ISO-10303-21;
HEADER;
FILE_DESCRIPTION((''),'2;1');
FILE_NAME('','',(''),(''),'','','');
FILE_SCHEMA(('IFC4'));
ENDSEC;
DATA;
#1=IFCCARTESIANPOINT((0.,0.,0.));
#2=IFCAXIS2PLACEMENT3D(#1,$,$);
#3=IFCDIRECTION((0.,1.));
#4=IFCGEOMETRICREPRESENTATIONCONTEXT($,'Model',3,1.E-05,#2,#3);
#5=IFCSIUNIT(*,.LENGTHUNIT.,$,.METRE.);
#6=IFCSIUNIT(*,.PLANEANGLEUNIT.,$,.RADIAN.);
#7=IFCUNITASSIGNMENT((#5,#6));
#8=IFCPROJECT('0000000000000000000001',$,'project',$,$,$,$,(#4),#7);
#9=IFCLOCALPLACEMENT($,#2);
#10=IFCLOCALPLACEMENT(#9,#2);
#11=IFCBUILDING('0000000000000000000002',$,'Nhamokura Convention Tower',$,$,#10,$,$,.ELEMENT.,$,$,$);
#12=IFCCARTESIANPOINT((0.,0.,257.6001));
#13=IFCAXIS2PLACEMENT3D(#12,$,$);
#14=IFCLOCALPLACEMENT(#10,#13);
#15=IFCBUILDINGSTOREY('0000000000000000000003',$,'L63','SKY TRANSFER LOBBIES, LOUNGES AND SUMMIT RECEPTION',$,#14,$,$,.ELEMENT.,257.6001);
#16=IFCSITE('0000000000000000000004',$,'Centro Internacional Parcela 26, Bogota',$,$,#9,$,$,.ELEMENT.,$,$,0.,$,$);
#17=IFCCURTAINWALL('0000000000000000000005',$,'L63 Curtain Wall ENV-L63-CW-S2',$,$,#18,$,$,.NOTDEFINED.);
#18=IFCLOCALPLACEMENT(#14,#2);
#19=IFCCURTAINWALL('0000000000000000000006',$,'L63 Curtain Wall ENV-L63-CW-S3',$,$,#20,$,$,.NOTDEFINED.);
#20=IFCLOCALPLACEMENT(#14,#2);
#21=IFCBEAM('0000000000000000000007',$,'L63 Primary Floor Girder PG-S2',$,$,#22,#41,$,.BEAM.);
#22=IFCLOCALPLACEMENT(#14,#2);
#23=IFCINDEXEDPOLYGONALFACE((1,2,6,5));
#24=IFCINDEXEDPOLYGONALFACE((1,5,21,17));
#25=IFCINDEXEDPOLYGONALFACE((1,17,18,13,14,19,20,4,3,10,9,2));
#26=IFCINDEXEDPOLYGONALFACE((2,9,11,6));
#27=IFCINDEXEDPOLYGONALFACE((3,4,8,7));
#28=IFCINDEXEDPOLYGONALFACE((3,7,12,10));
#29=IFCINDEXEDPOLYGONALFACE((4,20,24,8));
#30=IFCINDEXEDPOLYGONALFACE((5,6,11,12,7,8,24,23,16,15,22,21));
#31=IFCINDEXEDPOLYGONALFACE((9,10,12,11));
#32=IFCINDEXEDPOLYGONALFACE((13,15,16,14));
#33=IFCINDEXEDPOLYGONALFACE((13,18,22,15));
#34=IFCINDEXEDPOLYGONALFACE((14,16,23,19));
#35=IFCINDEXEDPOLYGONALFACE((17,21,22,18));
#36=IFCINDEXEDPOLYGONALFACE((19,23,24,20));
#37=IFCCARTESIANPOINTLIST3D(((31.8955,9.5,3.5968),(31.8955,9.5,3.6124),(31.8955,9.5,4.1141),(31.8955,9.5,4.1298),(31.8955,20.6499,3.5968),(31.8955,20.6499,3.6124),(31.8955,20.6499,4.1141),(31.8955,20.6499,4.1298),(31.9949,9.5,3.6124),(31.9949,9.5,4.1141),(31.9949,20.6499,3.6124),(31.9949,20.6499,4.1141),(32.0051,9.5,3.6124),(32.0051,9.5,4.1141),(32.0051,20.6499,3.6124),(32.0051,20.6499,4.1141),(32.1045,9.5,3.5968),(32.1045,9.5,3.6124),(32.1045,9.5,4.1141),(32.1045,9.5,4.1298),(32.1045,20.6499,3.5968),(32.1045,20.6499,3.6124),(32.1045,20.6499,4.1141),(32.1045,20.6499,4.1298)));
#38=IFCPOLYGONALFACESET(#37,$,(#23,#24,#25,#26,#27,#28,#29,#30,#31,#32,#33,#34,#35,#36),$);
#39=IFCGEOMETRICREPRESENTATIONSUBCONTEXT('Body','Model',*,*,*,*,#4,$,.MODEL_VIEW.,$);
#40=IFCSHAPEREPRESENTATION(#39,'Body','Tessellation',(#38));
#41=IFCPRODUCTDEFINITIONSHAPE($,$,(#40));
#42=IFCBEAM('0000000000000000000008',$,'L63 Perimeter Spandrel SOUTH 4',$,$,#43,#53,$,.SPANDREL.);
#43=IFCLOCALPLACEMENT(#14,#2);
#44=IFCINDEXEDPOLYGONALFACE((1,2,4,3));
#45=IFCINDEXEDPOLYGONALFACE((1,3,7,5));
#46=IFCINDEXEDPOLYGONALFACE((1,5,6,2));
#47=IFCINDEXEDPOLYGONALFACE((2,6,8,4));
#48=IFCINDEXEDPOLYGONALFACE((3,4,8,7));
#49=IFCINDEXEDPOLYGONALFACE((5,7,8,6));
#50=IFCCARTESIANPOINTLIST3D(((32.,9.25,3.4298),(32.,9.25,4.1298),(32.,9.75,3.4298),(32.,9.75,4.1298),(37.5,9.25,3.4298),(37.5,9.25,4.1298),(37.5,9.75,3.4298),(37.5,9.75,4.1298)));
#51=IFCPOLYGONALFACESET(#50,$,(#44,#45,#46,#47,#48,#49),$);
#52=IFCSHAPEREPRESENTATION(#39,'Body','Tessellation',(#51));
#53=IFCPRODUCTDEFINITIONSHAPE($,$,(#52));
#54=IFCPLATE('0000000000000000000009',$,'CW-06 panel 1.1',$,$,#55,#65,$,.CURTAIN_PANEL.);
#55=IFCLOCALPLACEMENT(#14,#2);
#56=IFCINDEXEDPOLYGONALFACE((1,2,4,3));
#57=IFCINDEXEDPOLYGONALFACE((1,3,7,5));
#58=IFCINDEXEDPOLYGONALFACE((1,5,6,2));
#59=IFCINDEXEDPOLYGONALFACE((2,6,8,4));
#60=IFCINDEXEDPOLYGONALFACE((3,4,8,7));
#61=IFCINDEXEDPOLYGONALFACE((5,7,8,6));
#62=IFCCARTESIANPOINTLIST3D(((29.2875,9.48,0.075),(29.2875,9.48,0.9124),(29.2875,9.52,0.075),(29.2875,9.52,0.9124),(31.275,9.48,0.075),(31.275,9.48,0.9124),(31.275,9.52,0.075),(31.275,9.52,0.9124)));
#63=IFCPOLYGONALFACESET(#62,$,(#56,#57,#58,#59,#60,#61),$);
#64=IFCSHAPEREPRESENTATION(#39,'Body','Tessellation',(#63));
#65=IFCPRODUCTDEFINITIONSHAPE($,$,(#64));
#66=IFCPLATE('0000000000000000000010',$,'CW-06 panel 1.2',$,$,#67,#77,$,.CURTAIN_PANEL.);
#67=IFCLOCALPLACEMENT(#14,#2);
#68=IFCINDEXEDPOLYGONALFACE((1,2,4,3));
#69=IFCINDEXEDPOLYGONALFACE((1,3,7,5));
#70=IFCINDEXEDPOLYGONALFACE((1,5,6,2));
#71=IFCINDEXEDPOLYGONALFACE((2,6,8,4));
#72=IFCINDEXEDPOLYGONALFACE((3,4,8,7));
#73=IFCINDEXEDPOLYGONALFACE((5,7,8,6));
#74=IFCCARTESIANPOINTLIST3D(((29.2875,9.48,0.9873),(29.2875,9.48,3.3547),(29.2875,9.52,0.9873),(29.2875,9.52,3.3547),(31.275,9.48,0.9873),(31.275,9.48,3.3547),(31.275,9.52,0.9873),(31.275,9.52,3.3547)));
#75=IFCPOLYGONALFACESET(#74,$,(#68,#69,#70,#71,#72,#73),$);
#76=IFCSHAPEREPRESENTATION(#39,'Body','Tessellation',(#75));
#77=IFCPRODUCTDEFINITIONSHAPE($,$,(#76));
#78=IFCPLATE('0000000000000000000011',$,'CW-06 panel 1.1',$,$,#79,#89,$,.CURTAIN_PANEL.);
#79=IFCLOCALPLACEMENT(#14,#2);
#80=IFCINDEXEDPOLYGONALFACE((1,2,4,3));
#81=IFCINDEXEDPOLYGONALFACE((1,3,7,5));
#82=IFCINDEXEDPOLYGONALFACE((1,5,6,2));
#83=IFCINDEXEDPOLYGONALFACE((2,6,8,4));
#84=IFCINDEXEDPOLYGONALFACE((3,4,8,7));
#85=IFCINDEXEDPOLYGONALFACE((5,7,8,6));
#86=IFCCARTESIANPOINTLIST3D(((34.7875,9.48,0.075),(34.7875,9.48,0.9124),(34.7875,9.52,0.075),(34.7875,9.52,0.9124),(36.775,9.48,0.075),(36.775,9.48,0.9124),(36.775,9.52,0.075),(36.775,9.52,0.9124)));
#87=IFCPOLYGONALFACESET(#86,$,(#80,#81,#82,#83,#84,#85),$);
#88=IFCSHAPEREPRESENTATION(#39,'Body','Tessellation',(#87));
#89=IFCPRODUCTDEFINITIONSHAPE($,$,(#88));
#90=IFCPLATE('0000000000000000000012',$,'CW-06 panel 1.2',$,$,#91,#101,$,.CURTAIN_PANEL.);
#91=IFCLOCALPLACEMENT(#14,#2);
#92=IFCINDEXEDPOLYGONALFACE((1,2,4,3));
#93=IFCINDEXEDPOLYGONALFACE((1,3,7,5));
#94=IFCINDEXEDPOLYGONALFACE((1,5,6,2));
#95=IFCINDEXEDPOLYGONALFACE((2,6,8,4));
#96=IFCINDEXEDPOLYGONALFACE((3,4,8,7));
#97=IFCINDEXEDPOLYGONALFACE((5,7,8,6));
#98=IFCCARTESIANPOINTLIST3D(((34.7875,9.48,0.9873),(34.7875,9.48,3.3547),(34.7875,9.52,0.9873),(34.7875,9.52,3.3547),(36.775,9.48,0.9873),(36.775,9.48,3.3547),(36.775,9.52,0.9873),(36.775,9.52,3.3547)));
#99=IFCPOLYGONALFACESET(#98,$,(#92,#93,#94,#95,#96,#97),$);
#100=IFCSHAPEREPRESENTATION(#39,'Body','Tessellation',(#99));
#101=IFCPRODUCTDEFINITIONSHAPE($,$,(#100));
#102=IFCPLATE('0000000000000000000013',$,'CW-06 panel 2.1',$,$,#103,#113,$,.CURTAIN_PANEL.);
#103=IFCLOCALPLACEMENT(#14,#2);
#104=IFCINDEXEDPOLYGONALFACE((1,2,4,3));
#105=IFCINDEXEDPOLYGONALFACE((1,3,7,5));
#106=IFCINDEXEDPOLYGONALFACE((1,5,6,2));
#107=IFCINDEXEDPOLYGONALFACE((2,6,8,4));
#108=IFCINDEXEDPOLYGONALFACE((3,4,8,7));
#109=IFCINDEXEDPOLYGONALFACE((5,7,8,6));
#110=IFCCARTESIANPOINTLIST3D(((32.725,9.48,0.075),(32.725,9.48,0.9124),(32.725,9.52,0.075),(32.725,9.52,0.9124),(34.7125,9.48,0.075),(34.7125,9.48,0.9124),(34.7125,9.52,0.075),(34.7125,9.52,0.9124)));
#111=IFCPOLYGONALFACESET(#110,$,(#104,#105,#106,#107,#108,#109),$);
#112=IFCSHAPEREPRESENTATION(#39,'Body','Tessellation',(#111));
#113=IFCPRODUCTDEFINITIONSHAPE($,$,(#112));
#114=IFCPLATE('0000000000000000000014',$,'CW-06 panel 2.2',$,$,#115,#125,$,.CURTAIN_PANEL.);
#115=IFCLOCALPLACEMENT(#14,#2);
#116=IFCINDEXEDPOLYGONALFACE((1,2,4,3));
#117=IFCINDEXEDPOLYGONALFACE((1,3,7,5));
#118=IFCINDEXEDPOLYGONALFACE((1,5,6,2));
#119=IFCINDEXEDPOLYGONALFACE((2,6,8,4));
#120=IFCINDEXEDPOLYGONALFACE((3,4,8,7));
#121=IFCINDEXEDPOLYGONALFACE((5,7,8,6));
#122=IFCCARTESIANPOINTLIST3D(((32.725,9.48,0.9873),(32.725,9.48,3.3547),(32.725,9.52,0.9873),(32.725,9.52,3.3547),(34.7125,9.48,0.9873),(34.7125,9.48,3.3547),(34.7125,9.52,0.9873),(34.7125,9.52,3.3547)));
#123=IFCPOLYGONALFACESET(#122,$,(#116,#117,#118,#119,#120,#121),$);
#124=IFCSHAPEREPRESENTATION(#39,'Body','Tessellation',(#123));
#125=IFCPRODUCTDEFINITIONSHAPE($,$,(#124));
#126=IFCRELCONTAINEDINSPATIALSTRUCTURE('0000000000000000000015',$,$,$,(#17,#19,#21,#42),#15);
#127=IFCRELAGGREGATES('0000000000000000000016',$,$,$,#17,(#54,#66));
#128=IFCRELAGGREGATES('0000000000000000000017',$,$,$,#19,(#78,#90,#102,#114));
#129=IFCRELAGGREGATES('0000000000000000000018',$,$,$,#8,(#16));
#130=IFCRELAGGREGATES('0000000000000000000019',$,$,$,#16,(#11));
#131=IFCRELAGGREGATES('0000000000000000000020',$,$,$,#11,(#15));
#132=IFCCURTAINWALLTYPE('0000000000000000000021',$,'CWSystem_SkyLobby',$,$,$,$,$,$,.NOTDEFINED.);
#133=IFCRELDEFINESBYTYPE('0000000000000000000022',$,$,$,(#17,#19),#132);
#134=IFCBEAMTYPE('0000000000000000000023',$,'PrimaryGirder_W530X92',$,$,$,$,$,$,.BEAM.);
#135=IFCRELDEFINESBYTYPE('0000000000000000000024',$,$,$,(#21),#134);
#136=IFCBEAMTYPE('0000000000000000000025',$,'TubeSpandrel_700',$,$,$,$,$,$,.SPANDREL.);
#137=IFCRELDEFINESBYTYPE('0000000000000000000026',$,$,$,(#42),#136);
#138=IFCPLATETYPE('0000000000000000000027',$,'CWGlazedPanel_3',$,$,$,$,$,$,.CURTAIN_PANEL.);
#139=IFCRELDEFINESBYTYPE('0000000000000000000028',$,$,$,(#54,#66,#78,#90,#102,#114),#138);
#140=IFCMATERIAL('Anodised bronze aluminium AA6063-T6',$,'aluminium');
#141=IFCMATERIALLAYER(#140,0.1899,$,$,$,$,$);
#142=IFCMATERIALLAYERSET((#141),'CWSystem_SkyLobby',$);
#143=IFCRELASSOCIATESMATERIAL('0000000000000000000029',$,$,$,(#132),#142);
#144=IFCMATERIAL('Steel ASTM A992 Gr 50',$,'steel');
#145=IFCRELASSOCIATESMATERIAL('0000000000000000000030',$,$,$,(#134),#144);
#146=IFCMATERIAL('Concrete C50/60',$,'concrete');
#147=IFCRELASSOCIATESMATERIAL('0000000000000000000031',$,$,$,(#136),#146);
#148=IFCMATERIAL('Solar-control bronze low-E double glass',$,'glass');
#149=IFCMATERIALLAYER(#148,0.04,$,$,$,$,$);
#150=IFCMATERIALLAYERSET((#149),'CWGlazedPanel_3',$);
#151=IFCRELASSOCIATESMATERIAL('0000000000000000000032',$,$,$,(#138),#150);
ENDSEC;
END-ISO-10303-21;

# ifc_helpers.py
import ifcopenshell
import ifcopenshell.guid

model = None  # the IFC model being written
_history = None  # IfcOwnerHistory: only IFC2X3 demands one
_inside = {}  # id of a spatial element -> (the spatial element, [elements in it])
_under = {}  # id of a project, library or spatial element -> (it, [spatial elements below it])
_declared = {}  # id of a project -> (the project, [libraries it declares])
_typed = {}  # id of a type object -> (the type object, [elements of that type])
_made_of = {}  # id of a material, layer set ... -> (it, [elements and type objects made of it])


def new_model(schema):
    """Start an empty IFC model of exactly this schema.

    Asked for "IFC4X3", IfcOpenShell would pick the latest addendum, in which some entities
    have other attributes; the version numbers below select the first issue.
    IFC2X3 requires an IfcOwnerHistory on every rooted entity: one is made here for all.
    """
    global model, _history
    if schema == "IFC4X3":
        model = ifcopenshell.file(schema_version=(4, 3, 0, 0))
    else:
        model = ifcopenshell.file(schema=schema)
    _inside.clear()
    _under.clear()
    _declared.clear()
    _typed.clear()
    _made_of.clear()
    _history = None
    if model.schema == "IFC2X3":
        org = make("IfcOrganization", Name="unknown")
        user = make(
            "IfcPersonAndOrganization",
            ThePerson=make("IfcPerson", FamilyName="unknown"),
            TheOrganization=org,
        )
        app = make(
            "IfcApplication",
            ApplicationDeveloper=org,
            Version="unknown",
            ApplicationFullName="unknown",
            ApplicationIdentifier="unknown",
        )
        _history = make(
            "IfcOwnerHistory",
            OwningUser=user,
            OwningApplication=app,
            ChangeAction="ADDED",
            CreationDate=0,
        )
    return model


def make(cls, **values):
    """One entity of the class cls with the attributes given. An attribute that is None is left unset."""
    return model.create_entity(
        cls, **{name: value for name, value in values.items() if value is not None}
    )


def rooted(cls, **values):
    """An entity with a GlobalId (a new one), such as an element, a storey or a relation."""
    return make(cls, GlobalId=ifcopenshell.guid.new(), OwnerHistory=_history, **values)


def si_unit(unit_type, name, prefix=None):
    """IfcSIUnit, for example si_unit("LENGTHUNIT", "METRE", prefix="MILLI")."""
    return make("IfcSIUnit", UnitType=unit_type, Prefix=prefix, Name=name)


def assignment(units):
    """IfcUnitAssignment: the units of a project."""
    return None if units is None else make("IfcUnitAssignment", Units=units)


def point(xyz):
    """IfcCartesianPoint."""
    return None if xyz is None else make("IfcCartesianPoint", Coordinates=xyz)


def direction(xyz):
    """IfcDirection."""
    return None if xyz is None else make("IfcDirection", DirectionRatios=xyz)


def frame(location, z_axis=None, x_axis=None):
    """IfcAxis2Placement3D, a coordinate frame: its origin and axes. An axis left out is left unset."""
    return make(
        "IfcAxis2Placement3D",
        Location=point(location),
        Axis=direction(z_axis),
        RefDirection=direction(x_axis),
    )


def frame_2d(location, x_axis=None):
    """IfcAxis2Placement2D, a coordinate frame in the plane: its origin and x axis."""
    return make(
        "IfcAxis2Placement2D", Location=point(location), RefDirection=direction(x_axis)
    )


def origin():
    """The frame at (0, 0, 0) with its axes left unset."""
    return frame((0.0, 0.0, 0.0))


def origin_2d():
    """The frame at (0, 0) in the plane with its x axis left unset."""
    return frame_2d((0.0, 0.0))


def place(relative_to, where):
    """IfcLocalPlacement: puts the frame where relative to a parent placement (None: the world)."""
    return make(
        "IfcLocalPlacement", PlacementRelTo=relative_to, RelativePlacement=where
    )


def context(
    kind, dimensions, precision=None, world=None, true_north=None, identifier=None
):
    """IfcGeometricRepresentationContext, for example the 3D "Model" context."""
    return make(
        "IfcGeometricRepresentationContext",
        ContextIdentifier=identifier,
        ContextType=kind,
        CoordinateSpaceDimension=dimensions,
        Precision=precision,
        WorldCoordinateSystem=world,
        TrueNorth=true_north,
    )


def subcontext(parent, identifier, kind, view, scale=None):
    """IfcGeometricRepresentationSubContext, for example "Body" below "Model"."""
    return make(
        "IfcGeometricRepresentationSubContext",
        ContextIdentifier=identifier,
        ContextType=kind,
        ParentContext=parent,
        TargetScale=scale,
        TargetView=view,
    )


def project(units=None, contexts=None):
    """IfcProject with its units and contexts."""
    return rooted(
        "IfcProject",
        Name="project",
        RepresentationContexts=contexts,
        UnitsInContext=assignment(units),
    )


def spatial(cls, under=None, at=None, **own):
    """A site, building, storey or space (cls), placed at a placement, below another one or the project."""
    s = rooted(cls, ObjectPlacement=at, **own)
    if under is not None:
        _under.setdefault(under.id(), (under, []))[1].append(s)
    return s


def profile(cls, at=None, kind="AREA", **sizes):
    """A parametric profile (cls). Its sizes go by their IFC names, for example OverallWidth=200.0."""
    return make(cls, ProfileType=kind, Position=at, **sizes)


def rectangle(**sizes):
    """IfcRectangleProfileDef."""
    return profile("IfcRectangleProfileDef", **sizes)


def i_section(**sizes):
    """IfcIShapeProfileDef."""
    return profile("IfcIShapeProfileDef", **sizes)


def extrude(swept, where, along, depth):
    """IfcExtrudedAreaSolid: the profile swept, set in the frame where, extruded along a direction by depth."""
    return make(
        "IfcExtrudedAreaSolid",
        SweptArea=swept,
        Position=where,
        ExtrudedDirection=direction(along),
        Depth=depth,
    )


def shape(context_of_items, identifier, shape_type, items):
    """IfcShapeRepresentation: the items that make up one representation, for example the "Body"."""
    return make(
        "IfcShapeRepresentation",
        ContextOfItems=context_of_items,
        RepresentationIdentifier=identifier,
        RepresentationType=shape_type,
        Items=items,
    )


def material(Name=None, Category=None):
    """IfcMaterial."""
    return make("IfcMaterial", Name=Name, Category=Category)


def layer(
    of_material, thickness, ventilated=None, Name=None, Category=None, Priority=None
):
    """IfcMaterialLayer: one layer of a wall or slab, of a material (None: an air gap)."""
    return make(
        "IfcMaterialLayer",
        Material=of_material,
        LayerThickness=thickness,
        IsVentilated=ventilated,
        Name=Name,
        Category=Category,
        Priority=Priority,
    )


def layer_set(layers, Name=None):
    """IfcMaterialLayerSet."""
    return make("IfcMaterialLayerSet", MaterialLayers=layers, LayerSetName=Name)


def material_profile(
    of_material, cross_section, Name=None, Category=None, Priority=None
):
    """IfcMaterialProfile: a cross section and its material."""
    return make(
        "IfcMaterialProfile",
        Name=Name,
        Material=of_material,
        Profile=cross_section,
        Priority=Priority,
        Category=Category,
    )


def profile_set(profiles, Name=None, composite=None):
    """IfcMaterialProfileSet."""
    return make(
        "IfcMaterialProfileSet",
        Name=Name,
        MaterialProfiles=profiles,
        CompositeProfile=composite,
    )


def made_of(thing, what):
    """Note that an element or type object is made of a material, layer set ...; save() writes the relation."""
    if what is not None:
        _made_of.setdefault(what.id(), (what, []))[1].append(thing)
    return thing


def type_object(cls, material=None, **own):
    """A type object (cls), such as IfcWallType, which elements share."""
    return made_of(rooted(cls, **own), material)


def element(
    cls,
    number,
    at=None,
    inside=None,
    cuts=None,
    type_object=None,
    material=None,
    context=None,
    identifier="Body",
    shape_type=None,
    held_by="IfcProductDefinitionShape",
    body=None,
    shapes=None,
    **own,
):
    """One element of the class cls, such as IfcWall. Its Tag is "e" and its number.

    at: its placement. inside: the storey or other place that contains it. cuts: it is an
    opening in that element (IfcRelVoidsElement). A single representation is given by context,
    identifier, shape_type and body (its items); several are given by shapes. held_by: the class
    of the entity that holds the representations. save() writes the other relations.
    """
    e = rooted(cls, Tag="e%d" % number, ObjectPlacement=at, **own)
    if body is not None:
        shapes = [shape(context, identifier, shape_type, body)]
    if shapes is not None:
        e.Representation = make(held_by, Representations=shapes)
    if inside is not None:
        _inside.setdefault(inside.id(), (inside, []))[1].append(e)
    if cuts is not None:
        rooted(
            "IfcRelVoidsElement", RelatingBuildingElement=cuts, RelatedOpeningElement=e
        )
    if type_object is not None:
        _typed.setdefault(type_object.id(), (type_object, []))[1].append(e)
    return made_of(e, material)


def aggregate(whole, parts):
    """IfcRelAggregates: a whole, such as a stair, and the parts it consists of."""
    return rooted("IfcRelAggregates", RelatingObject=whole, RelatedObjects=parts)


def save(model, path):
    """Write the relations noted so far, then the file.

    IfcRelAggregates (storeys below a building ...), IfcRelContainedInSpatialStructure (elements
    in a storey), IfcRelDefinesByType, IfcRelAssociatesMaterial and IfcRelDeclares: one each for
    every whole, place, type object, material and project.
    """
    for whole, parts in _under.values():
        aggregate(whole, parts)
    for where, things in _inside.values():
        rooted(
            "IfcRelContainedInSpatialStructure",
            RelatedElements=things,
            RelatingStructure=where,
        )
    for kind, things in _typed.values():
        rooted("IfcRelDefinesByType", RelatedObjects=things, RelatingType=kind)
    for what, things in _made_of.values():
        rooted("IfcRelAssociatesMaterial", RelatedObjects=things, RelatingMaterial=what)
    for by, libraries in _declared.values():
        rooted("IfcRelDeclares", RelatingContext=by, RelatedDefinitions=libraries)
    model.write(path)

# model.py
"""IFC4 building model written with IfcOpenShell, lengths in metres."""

from ifc_helpers import new_model, si_unit, direction, frame, origin, origin_2d, place, context, subcontext, project, spatial, rectangle, i_section, extrude, material, layer, layer_set, material_profile, profile_set, type_object, element, aggregate, save


model = new_model("IFC4")

# Units and contexts
model_context = context("Model", 3, precision=1e-05, world=origin(), true_north=direction((0.0, 1.0)))
body_context = subcontext(model_context, "Body", "Model", "MODEL_VIEW")
ifc_project = project(units=[si_unit("LENGTHUNIT", "METRE"), si_unit("PLANEANGLEUNIT", "RADIAN")], contexts=[model_context])

# Site, building, storey
site_placement = place(None, origin())
site = spatial("IfcSite", under=ifc_project, at=site_placement, Name="Centro Internacional Parcela 26, Bogota", CompositionType="ELEMENT", RefElevation=0.0)
building_placement = place(site_placement, origin())
building = spatial("IfcBuilding", under=site, at=building_placement, Name="Nhamokura Convention Tower", CompositionType="ELEMENT")
storey_placement = place(building_placement, frame((0.0, 0.0, 257.6001)))
storey = spatial("IfcBuildingStorey", under=building, at=storey_placement, Name="L63", Description="SKY TRANSFER LOBBIES, LOUNGES AND SUMMIT RECEPTION", CompositionType="ELEMENT", Elevation=257.6001)

# Curtain wall
ifc_material_1 = material(Name="Anodised bronze aluminium AA6063-T6", Category="aluminium")
ifc_layer_1 = layer(ifc_material_1, 0.1899)
ifc_layer_set_1 = layer_set([ifc_layer_1], Name="CWSystem_SkyLobby")
curtain_wall_type = type_object("IfcCurtainWallType", Name="CWSystem_SkyLobby", PredefinedType="NOTDEFINED", material=ifc_layer_set_1)
curtain_wall_1_placement = place(storey_placement, origin())
curtain_wall_1 = element("IfcCurtainWall", 1, at=curtain_wall_1_placement, inside=storey, type_object=curtain_wall_type, Name="L63 Curtain Wall ENV-L63-CW-S2", PredefinedType="NOTDEFINED")

# Curtain wall
curtain_wall_2_placement = place(storey_placement, origin())
curtain_wall_2 = element("IfcCurtainWall", 2, at=curtain_wall_2_placement, inside=storey, type_object=curtain_wall_type, Name="L63 Curtain Wall ENV-L63-CW-S3", PredefinedType="NOTDEFINED")

# Beams
ifc_material_2 = material(Name="Steel ASTM A992 Gr 50", Category="steel")
ifc_material_profile_1 = material_profile(ifc_material_2, i_section(OverallWidth=0.209, OverallDepth=0.533, WebThickness=0.0103, FlangeThickness=0.0156, at=origin_2d()))
ifc_profile_set_1 = profile_set([ifc_material_profile_1], Name="Steel ASTM A992 Gr 50")
beam_type_1 = type_object("IfcBeamType", Name="PrimaryGirder_W530X92", PredefinedType="BEAM", material=ifc_profile_set_1)
beam_1_placement = place(storey_placement, frame((32.0, 9.5, 3.8633), z_axis=(0.0, 1.0, 0.0), x_axis=(-1.0, 0.0, 0.0)))
element("IfcBeam", 3, at=beam_1_placement, inside=storey, type_object=beam_type_1, Name="L63 Primary Floor Girder PG-S2", PredefinedType="BEAM", context=body_context, shape_type="SweptSolid", body=[
    extrude(i_section(OverallWidth=0.209, OverallDepth=0.533, WebThickness=0.0103, FlangeThickness=0.0156, at=origin_2d()), origin(), (0.0, 0.0, 1.0), 11.1499),
])
ifc_material_3 = material(Name="Concrete C50/60", Category="concrete")
ifc_material_profile_2 = material_profile(ifc_material_3, rectangle(XDim=0.5, YDim=0.7, at=origin_2d()))
ifc_profile_set_2 = profile_set([ifc_material_profile_2], Name="Concrete C50/60")
beam_type_2 = type_object("IfcBeamType", Name="TubeSpandrel_700", PredefinedType="SPANDREL", material=ifc_profile_set_2)
beam_2_placement = place(storey_placement, frame((32.0, 9.5, 3.7798), z_axis=(1.0, 0.0, 0.0), x_axis=(0.0, 1.0, 0.0)))
element("IfcBeam", 4, at=beam_2_placement, inside=storey, type_object=beam_type_2, Name="L63 Perimeter Spandrel SOUTH 4", PredefinedType="SPANDREL", context=body_context, shape_type="SweptSolid", body=[
    extrude(rectangle(XDim=0.5, YDim=0.7, at=origin_2d()), origin(), (0.0, 0.0, 1.0), 5.5),
])

# Plates
ifc_material_4 = material(Name="Solar-control bronze low-E double glass", Category="glass")
ifc_layer_2 = layer(ifc_material_4, 0.04)
ifc_layer_set_2 = layer_set([ifc_layer_2], Name="CWGlazedPanel_3")
plate_type = type_object("IfcPlateType", Name="CWGlazedPanel_3", PredefinedType="CURTAIN_PANEL", material=ifc_layer_set_2)
plate_1_placement = place(storey_placement, frame((30.2812, 9.5, 0.075), z_axis=(0.0, 0.0, 1.0), x_axis=(-1.0, 0.0, 0.0)))
plate_1 = element("IfcPlate", 5, at=plate_1_placement, type_object=plate_type, Name="CW-06 panel 1.1", PredefinedType="CURTAIN_PANEL", context=body_context, shape_type="SweptSolid", body=[
    extrude(rectangle(XDim=1.9875, YDim=0.04, at=origin_2d()), origin(), (0.0, 0.0, 1.0), 0.8374),
])
plate_2_placement = place(storey_placement, frame((30.2812, 9.5, 0.9873), z_axis=(0.0, 0.0, 1.0), x_axis=(-1.0, 0.0, 0.0)))
plate_2 = element("IfcPlate", 6, at=plate_2_placement, type_object=plate_type, Name="CW-06 panel 1.2", PredefinedType="CURTAIN_PANEL", context=body_context, shape_type="SweptSolid", body=[
    extrude(rectangle(XDim=1.9875, YDim=0.04, at=origin_2d()), origin(), (0.0, 0.0, 1.0), 2.3674),
])
aggregate(curtain_wall_1, [plate_1, plate_2])
plate_3_placement = place(storey_placement, frame((35.7812, 9.5, 0.075), z_axis=(0.0, 0.0, 1.0), x_axis=(-1.0, 0.0, 0.0)))
plate_3 = element("IfcPlate", 7, at=plate_3_placement, type_object=plate_type, Name="CW-06 panel 1.1", PredefinedType="CURTAIN_PANEL", context=body_context, shape_type="SweptSolid", body=[
    extrude(rectangle(XDim=1.9875, YDim=0.04, at=origin_2d()), origin(), (0.0, 0.0, 1.0), 0.8374),
])
plate_4_placement = place(storey_placement, frame((35.7812, 9.5, 0.9873), z_axis=(0.0, 0.0, 1.0), x_axis=(-1.0, 0.0, 0.0)))
plate_4 = element("IfcPlate", 8, at=plate_4_placement, type_object=plate_type, Name="CW-06 panel 1.2", PredefinedType="CURTAIN_PANEL", context=body_context, shape_type="SweptSolid", body=[
    extrude(rectangle(XDim=1.9875, YDim=0.04, at=origin_2d()), origin(), (0.0, 0.0, 1.0), 2.3674),
])
plate_5_placement = place(storey_placement, frame((33.7188, 9.5, 0.075), z_axis=(0.0, 0.0, 1.0), x_axis=(-1.0, 0.0, 0.0)))
plate_5 = element("IfcPlate", 9, at=plate_5_placement, type_object=plate_type, Name="CW-06 panel 2.1", PredefinedType="CURTAIN_PANEL", context=body_context, shape_type="SweptSolid", body=[
    extrude(rectangle(XDim=1.9875, YDim=0.04, at=origin_2d()), origin(), (0.0, 0.0, 1.0), 0.8374),
])
plate_6_placement = place(storey_placement, frame((33.7188, 9.5, 0.9873), z_axis=(0.0, 0.0, 1.0), x_axis=(-1.0, 0.0, 0.0)))
plate_6 = element("IfcPlate", 10, at=plate_6_placement, type_object=plate_type, Name="CW-06 panel 2.2", PredefinedType="CURTAIN_PANEL", context=body_context, shape_type="SweptSolid", body=[
    extrude(rectangle(XDim=1.9875, YDim=0.04, at=origin_2d()), origin(), (0.0, 0.0, 1.0), 2.3674),
])
aggregate(curtain_wall_2, [plate_3, plate_4, plate_5, plate_6])

save(model, "model.ifc")
